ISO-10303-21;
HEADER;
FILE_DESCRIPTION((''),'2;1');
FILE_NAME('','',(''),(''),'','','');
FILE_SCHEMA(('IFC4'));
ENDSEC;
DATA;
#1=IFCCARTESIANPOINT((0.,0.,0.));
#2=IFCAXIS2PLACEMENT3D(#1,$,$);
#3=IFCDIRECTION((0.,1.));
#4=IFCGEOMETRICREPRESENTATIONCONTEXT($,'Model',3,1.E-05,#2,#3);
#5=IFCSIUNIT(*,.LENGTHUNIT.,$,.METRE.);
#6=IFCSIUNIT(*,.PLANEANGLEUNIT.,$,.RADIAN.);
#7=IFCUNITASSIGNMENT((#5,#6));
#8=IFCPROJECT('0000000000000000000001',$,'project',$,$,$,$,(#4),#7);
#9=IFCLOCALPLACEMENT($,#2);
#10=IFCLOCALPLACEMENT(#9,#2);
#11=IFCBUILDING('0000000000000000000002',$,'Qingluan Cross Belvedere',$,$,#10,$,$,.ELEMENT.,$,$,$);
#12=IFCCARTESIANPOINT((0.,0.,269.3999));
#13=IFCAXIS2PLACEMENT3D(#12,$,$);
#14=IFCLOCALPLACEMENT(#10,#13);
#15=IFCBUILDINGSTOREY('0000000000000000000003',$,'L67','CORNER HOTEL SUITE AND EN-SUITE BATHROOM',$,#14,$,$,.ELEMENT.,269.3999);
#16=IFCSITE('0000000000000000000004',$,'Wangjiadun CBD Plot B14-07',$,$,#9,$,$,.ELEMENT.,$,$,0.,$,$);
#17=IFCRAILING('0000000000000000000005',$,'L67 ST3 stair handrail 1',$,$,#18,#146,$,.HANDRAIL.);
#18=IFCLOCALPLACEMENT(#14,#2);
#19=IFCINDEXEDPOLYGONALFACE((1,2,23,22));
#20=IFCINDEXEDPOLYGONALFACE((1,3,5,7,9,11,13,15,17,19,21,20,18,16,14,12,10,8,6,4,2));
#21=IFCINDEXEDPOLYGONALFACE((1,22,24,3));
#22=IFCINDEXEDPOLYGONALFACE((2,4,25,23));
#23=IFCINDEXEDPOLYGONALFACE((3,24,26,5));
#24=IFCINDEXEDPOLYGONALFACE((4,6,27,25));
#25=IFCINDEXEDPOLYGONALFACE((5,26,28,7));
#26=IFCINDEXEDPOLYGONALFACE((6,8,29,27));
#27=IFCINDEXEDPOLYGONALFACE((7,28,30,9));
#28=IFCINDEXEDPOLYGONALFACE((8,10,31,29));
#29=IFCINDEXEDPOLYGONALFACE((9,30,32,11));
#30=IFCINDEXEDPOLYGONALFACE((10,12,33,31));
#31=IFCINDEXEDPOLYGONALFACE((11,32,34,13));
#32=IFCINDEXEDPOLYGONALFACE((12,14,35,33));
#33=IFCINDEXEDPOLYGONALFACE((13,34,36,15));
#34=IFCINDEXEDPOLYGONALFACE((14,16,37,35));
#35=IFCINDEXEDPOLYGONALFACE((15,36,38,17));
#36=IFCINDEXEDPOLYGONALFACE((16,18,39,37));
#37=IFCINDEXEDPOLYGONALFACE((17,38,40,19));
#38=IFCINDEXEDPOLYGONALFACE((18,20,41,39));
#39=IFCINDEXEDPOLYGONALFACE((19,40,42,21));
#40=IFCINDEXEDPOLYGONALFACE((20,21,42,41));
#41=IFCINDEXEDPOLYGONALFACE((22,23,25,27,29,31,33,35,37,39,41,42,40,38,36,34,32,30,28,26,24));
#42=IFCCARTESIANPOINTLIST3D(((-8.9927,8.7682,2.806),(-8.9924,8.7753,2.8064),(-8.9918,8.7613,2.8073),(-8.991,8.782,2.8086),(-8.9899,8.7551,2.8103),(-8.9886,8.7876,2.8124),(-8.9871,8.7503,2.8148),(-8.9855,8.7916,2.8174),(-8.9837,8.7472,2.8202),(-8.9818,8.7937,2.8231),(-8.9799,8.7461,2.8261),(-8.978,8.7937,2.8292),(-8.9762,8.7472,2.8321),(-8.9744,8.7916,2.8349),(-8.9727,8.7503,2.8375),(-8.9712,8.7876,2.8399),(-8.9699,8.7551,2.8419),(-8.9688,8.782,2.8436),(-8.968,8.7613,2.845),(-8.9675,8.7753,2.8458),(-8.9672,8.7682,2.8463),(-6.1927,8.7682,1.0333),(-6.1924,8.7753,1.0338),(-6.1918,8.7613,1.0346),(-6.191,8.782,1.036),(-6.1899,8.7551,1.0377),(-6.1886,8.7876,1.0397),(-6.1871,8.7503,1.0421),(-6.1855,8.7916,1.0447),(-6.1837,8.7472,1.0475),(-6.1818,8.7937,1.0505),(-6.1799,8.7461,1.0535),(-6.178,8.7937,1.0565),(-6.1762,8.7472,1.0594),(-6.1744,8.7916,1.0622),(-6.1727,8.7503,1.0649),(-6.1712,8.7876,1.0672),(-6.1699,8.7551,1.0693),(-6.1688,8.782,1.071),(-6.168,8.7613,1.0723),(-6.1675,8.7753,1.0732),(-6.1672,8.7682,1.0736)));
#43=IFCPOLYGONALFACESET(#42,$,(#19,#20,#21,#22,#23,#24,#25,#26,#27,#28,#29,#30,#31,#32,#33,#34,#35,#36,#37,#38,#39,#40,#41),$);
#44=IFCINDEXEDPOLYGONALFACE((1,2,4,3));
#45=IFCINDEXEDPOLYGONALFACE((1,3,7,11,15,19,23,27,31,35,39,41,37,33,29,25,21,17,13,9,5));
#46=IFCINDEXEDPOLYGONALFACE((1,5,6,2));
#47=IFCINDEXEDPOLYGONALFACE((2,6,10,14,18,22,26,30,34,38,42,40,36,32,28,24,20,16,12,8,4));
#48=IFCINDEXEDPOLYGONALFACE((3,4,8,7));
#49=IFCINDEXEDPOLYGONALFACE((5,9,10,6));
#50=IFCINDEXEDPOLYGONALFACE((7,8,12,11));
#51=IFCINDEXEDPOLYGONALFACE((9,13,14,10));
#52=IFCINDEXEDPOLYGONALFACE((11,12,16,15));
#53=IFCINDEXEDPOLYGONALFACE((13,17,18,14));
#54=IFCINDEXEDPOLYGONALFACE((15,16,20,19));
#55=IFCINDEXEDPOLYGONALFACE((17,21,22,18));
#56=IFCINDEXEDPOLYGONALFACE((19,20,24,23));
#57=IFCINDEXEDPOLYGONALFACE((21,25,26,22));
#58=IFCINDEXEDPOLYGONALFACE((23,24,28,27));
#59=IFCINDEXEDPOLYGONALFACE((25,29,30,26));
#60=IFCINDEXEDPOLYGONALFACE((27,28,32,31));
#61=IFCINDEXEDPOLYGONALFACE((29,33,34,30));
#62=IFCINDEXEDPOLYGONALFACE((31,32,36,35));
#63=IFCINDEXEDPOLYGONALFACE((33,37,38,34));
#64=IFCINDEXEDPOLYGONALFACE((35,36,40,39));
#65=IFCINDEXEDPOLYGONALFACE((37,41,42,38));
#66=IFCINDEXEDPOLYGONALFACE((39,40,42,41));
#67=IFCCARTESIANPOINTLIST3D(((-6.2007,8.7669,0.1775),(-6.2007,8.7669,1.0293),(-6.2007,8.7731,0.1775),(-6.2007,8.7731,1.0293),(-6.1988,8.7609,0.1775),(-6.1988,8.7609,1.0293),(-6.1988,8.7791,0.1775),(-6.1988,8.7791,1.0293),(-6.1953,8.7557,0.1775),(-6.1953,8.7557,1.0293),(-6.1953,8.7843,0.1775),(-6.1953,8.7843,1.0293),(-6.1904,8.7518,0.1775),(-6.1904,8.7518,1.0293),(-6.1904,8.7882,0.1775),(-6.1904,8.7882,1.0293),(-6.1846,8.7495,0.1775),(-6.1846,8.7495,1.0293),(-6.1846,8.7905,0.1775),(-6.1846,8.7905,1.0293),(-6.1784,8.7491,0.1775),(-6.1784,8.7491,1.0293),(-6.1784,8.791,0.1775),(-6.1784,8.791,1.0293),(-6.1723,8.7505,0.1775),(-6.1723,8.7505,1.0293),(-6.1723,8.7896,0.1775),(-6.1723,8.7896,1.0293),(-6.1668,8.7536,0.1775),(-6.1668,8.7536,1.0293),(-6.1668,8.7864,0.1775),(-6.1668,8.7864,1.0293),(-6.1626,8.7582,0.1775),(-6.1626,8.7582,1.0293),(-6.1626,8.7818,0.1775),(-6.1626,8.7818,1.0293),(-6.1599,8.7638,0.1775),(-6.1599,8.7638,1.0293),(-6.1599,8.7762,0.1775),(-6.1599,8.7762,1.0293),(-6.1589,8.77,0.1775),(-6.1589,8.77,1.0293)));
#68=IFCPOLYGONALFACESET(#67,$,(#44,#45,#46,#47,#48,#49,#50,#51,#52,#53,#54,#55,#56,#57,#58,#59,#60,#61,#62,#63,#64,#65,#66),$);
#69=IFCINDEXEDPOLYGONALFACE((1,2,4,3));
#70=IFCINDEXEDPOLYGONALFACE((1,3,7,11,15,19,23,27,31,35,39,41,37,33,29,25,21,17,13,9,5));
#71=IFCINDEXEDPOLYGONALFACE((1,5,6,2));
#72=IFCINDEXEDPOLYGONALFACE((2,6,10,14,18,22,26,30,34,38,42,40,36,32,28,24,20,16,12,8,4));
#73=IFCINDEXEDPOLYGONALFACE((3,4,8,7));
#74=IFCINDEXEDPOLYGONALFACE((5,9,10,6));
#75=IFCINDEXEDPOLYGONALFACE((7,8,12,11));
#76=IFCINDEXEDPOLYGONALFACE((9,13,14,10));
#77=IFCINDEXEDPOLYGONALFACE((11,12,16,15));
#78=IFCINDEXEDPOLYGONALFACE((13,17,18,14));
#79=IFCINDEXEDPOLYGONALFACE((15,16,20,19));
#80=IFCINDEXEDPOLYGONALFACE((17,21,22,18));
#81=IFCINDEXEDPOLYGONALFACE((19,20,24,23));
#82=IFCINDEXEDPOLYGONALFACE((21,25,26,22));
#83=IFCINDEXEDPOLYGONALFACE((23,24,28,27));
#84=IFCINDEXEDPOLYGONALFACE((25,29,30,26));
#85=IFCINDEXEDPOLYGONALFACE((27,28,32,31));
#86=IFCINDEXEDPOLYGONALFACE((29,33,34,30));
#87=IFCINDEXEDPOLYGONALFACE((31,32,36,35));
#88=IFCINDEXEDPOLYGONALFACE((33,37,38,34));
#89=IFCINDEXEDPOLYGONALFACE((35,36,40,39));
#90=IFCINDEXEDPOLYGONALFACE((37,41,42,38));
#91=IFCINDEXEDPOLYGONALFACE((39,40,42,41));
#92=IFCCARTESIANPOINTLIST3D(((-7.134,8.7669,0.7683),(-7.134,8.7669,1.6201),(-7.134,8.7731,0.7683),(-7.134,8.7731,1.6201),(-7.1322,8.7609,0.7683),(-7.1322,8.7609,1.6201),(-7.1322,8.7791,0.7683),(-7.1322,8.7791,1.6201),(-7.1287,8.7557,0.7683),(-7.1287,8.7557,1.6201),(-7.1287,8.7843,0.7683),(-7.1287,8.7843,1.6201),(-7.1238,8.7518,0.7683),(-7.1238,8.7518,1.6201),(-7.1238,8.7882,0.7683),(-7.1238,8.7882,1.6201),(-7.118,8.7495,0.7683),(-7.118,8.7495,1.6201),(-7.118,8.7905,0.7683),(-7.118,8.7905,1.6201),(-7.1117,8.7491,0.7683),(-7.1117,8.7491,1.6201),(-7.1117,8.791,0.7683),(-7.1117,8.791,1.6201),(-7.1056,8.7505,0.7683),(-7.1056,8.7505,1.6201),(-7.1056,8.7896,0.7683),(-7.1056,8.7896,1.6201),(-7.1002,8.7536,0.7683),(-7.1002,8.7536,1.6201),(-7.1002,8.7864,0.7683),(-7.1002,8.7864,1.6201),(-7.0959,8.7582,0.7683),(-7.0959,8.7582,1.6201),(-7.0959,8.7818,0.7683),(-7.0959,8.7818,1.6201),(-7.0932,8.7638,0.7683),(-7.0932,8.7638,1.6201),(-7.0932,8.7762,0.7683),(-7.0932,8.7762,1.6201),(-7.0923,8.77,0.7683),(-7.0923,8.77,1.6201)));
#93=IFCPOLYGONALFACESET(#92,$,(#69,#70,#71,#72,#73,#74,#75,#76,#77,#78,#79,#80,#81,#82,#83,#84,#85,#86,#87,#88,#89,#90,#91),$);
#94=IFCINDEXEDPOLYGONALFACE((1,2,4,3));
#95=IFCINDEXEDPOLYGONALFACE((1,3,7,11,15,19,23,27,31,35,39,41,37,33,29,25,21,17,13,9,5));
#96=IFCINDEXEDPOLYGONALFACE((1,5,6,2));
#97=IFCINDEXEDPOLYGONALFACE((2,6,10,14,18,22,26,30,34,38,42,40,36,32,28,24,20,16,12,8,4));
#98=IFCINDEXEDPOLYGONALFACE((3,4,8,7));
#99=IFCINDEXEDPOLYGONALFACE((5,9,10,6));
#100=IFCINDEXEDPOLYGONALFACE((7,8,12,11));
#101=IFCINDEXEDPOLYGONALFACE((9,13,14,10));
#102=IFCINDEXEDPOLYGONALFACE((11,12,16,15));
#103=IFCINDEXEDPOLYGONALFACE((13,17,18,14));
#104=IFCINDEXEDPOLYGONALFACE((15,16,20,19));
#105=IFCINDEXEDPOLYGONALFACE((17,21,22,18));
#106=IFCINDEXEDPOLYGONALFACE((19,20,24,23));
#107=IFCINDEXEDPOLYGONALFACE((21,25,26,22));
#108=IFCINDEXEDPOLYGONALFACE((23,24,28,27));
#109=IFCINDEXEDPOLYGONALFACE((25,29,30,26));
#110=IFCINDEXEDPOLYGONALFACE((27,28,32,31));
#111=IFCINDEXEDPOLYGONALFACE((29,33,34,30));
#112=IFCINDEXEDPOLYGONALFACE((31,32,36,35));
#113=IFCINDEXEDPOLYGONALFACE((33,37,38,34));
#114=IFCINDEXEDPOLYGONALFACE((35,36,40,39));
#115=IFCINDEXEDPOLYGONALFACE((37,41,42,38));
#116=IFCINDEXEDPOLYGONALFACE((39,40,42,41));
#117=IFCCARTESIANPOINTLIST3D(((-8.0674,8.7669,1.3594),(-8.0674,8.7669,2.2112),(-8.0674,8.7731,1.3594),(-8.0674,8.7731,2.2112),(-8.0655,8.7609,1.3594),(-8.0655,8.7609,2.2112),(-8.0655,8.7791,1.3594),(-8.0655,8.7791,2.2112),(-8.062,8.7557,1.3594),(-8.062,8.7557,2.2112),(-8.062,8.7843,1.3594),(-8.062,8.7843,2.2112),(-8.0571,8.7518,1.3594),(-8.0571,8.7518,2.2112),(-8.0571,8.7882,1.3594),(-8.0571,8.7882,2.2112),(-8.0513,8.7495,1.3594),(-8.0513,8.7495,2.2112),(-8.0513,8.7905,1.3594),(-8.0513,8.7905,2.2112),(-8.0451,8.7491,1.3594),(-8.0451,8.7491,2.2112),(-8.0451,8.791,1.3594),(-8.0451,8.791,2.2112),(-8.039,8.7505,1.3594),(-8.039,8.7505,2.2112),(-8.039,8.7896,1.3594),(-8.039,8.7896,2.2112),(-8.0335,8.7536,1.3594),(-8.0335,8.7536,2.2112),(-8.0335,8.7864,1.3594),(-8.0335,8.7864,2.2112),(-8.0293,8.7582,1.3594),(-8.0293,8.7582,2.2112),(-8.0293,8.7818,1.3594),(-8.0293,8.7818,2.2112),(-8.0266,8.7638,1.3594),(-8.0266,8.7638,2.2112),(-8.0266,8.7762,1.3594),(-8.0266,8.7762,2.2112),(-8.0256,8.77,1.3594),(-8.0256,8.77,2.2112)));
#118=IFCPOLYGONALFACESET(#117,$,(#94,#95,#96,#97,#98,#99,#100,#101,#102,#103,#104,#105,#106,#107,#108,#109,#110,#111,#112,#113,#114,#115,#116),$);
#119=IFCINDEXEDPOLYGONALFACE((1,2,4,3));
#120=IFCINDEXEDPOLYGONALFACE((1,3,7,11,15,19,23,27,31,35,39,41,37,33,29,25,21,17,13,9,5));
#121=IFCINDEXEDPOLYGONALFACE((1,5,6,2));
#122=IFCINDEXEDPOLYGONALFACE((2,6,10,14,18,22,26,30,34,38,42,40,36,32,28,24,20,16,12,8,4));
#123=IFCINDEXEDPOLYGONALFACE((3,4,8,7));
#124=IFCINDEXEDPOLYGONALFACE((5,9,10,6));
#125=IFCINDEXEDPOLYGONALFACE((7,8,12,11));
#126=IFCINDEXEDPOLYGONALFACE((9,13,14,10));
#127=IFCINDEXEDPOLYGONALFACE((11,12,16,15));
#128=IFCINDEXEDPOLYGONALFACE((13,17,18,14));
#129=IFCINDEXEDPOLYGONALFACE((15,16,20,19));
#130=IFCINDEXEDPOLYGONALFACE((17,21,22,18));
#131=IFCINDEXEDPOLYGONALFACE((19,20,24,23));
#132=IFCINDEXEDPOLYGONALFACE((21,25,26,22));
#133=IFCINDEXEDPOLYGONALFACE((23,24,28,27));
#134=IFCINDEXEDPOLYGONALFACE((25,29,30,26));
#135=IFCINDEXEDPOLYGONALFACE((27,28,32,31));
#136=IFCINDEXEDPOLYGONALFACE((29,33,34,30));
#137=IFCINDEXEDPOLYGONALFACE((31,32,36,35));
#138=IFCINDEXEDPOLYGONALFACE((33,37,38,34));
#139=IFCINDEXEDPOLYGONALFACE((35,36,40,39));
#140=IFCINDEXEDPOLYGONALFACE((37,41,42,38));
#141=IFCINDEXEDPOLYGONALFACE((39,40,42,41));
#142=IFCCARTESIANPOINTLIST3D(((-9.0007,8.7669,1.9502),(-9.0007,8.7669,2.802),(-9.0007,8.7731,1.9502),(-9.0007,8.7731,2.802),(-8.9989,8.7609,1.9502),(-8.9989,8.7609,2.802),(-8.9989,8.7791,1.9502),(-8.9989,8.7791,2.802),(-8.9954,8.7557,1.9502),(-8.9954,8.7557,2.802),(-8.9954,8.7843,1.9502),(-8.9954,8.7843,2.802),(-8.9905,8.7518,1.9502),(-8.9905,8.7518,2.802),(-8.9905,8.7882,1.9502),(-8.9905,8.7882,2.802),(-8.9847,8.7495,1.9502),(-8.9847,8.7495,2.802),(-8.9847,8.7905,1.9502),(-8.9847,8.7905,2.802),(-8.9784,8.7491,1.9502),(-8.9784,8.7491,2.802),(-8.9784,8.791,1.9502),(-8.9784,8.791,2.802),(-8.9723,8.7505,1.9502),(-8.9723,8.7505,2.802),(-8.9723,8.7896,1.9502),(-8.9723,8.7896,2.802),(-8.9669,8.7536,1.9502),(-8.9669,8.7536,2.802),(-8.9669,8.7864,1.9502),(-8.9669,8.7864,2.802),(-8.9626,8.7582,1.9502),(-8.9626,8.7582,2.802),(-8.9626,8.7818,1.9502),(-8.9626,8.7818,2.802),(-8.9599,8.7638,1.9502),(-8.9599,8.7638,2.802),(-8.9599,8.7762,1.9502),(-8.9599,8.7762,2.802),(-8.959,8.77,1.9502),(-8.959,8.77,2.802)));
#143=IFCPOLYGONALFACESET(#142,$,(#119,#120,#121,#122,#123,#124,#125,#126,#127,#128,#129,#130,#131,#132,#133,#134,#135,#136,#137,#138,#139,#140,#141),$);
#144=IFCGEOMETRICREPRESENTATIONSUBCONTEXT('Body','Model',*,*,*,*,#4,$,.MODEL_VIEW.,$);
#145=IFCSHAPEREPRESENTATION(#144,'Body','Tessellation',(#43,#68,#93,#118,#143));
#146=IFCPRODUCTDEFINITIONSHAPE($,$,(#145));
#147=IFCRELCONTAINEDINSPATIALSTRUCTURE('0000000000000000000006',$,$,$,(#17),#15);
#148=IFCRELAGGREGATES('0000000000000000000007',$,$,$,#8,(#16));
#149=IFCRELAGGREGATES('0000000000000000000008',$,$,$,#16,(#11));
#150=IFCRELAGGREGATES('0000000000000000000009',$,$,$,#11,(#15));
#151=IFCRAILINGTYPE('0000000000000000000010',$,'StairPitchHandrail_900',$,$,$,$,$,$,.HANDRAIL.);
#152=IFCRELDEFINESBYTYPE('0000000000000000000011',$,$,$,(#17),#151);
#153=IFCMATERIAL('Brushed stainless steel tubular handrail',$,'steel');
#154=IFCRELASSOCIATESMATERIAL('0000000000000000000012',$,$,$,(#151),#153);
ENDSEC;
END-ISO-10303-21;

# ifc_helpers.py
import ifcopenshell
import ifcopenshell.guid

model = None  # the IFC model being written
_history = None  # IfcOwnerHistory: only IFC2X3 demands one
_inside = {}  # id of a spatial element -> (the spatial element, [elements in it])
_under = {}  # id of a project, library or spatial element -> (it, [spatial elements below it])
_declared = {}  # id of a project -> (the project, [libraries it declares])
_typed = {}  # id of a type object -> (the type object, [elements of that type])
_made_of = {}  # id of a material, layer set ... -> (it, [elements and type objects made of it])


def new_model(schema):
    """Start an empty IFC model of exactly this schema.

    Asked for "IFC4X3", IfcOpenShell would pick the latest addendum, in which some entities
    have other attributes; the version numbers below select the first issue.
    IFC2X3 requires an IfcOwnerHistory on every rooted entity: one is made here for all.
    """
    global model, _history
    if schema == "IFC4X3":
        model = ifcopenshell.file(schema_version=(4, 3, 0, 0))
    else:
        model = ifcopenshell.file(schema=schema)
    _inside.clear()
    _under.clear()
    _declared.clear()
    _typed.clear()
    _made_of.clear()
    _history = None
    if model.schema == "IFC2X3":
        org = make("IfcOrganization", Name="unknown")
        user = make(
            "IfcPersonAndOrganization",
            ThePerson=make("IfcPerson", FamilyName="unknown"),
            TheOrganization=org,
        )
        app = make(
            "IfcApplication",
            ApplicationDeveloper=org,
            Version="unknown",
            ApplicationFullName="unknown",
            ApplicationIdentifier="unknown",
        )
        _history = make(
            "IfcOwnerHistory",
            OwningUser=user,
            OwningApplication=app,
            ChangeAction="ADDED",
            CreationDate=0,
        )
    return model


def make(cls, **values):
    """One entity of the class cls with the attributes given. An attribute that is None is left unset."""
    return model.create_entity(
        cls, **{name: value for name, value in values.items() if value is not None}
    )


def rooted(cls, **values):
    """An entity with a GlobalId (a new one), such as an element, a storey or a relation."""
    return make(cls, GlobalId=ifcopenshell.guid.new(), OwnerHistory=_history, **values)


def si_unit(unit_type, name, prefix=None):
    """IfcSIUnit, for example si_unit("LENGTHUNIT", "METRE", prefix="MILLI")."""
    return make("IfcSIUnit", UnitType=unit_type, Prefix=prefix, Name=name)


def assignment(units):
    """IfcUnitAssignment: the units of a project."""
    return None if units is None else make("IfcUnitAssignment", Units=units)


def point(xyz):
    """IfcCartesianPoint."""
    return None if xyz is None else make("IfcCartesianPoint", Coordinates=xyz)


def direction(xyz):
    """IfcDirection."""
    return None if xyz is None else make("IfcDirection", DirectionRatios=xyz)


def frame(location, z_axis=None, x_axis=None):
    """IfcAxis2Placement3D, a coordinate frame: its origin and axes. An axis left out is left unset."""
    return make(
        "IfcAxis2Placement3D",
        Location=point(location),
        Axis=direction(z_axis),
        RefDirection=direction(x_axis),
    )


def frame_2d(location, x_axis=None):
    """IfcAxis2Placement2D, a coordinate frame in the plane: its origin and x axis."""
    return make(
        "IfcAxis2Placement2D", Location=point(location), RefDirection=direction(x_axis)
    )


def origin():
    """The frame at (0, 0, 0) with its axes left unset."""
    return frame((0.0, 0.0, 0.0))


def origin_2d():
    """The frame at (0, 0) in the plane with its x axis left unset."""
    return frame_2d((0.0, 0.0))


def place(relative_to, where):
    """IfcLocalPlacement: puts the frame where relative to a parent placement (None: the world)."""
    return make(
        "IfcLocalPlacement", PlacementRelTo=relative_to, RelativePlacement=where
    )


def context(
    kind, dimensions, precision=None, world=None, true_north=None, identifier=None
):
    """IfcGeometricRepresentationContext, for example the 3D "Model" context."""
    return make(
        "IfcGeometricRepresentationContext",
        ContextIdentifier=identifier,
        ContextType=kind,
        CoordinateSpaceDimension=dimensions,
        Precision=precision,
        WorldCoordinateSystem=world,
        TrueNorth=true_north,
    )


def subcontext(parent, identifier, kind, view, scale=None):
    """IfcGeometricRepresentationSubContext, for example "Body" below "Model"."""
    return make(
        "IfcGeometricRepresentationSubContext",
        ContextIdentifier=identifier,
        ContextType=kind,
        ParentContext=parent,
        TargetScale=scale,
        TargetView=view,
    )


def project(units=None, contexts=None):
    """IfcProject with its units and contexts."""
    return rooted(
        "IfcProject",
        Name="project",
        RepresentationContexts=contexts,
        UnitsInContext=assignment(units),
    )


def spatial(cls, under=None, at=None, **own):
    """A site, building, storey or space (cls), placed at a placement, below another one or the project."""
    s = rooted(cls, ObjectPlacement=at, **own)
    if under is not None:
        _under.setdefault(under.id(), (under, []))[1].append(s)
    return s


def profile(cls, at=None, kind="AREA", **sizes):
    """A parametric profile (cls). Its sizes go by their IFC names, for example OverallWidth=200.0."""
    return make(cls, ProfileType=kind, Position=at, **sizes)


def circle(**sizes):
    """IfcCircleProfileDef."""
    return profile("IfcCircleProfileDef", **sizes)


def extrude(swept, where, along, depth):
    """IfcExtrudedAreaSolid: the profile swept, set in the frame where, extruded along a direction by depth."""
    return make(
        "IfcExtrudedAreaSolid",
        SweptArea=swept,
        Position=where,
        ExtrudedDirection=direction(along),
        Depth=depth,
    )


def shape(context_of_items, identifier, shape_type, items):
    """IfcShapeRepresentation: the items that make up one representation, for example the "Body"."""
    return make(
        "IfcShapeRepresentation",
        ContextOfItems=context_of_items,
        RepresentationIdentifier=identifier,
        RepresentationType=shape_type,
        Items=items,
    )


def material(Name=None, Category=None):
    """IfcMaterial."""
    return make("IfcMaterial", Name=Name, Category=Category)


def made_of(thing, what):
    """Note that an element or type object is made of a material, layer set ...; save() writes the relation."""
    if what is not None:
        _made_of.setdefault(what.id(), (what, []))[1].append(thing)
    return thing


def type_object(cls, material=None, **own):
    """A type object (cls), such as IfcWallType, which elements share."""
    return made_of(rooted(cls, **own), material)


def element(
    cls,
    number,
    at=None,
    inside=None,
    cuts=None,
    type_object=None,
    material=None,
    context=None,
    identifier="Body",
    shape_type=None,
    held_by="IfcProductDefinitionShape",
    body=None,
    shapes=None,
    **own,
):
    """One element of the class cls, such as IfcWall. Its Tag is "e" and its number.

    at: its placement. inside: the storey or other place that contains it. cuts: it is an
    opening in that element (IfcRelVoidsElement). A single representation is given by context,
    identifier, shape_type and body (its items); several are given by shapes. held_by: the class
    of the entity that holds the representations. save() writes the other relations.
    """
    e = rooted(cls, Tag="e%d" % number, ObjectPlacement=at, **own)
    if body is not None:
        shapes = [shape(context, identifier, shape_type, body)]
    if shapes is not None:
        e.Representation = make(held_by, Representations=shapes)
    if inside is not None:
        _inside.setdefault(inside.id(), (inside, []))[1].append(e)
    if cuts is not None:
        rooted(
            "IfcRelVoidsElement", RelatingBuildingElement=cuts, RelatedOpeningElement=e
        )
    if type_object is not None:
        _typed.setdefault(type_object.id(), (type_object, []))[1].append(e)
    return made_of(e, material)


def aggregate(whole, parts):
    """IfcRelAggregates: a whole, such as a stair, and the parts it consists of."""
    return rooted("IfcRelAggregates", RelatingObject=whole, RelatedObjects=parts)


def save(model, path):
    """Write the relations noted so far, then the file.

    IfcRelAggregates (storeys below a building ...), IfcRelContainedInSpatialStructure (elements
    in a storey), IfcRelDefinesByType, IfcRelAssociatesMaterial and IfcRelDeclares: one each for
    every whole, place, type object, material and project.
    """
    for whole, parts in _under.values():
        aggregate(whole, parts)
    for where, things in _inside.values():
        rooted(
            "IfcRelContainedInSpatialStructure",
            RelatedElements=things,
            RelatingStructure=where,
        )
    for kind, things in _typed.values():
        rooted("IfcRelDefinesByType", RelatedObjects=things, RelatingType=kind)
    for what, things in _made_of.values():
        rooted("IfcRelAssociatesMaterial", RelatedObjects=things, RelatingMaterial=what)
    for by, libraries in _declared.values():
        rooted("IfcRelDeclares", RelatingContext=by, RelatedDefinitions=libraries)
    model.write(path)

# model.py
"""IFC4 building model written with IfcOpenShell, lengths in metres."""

from ifc_helpers import new_model, si_unit, direction, frame, origin, origin_2d, place, context, subcontext, project, spatial, circle, extrude, material, type_object, element, save


model = new_model("IFC4")

# Units and contexts
model_context = context("Model", 3, precision=1e-05, world=origin(), true_north=direction((0.0, 1.0)))
body_context = subcontext(model_context, "Body", "Model", "MODEL_VIEW")
ifc_project = project(units=[si_unit("LENGTHUNIT", "METRE"), si_unit("PLANEANGLEUNIT", "RADIAN")], contexts=[model_context])

# Site, building, storey
site_placement = place(None, origin())
site = spatial("IfcSite", under=ifc_project, at=site_placement, Name="Wangjiadun CBD Plot B14-07", CompositionType="ELEMENT", RefElevation=0.0)
building_placement = place(site_placement, origin())
building = spatial("IfcBuilding", under=site, at=building_placement, Name="Qingluan Cross Belvedere", CompositionType="ELEMENT")
storey_placement = place(building_placement, frame((0.0, 0.0, 269.3999)))
storey = spatial("IfcBuildingStorey", under=building, at=storey_placement, Name="L67", Description="CORNER HOTEL SUITE AND EN-SUITE BATHROOM", CompositionType="ELEMENT", Elevation=269.3999)

# Railing
ifc_material_1 = material(Name="Brushed stainless steel tubular handrail", Category="steel")
railing_type_1 = type_object("IfcRailingType", Name="StairPitchHandrail_900", PredefinedType="HANDRAIL", material=ifc_material_1)
railing_1_placement = place(storey_placement, frame((-6.1799, 8.77, 0.1775)))
element("IfcRailing", 1, at=railing_1_placement, inside=storey, type_object=railing_type_1, Name="L67 ST3 stair handrail 1", PredefinedType="HANDRAIL", context=body_context, shape_type="SweptSolid", body=[
    extrude(circle(Radius=0.0239, at=origin_2d()), frame((0.0, 0.0, 0.876), z_axis=(-0.844909, 0.0, 0.53491), x_axis=(0.0, -1.0, 0.0)), (0.0, 0.0, 1.0), 3.314),
    extrude(circle(Radius=0.021, at=origin_2d()), origin(), (0.0, 0.0, 1.0), 0.8518),
    extrude(circle(Radius=0.021, at=origin_2d()), frame((-0.9333, 0.0, 0.5908)), (0.0, 0.0, 1.0), 0.8518),
    extrude(circle(Radius=0.021, at=origin_2d()), frame((-1.8667, 0.0, 1.1819)), (0.0, 0.0, 1.0), 0.8518),
    extrude(circle(Radius=0.021, at=origin_2d()), frame((-2.8, 0.0, 1.7727)), (0.0, 0.0, 1.0), 0.8518),
])

save(model, "model.ifc")
